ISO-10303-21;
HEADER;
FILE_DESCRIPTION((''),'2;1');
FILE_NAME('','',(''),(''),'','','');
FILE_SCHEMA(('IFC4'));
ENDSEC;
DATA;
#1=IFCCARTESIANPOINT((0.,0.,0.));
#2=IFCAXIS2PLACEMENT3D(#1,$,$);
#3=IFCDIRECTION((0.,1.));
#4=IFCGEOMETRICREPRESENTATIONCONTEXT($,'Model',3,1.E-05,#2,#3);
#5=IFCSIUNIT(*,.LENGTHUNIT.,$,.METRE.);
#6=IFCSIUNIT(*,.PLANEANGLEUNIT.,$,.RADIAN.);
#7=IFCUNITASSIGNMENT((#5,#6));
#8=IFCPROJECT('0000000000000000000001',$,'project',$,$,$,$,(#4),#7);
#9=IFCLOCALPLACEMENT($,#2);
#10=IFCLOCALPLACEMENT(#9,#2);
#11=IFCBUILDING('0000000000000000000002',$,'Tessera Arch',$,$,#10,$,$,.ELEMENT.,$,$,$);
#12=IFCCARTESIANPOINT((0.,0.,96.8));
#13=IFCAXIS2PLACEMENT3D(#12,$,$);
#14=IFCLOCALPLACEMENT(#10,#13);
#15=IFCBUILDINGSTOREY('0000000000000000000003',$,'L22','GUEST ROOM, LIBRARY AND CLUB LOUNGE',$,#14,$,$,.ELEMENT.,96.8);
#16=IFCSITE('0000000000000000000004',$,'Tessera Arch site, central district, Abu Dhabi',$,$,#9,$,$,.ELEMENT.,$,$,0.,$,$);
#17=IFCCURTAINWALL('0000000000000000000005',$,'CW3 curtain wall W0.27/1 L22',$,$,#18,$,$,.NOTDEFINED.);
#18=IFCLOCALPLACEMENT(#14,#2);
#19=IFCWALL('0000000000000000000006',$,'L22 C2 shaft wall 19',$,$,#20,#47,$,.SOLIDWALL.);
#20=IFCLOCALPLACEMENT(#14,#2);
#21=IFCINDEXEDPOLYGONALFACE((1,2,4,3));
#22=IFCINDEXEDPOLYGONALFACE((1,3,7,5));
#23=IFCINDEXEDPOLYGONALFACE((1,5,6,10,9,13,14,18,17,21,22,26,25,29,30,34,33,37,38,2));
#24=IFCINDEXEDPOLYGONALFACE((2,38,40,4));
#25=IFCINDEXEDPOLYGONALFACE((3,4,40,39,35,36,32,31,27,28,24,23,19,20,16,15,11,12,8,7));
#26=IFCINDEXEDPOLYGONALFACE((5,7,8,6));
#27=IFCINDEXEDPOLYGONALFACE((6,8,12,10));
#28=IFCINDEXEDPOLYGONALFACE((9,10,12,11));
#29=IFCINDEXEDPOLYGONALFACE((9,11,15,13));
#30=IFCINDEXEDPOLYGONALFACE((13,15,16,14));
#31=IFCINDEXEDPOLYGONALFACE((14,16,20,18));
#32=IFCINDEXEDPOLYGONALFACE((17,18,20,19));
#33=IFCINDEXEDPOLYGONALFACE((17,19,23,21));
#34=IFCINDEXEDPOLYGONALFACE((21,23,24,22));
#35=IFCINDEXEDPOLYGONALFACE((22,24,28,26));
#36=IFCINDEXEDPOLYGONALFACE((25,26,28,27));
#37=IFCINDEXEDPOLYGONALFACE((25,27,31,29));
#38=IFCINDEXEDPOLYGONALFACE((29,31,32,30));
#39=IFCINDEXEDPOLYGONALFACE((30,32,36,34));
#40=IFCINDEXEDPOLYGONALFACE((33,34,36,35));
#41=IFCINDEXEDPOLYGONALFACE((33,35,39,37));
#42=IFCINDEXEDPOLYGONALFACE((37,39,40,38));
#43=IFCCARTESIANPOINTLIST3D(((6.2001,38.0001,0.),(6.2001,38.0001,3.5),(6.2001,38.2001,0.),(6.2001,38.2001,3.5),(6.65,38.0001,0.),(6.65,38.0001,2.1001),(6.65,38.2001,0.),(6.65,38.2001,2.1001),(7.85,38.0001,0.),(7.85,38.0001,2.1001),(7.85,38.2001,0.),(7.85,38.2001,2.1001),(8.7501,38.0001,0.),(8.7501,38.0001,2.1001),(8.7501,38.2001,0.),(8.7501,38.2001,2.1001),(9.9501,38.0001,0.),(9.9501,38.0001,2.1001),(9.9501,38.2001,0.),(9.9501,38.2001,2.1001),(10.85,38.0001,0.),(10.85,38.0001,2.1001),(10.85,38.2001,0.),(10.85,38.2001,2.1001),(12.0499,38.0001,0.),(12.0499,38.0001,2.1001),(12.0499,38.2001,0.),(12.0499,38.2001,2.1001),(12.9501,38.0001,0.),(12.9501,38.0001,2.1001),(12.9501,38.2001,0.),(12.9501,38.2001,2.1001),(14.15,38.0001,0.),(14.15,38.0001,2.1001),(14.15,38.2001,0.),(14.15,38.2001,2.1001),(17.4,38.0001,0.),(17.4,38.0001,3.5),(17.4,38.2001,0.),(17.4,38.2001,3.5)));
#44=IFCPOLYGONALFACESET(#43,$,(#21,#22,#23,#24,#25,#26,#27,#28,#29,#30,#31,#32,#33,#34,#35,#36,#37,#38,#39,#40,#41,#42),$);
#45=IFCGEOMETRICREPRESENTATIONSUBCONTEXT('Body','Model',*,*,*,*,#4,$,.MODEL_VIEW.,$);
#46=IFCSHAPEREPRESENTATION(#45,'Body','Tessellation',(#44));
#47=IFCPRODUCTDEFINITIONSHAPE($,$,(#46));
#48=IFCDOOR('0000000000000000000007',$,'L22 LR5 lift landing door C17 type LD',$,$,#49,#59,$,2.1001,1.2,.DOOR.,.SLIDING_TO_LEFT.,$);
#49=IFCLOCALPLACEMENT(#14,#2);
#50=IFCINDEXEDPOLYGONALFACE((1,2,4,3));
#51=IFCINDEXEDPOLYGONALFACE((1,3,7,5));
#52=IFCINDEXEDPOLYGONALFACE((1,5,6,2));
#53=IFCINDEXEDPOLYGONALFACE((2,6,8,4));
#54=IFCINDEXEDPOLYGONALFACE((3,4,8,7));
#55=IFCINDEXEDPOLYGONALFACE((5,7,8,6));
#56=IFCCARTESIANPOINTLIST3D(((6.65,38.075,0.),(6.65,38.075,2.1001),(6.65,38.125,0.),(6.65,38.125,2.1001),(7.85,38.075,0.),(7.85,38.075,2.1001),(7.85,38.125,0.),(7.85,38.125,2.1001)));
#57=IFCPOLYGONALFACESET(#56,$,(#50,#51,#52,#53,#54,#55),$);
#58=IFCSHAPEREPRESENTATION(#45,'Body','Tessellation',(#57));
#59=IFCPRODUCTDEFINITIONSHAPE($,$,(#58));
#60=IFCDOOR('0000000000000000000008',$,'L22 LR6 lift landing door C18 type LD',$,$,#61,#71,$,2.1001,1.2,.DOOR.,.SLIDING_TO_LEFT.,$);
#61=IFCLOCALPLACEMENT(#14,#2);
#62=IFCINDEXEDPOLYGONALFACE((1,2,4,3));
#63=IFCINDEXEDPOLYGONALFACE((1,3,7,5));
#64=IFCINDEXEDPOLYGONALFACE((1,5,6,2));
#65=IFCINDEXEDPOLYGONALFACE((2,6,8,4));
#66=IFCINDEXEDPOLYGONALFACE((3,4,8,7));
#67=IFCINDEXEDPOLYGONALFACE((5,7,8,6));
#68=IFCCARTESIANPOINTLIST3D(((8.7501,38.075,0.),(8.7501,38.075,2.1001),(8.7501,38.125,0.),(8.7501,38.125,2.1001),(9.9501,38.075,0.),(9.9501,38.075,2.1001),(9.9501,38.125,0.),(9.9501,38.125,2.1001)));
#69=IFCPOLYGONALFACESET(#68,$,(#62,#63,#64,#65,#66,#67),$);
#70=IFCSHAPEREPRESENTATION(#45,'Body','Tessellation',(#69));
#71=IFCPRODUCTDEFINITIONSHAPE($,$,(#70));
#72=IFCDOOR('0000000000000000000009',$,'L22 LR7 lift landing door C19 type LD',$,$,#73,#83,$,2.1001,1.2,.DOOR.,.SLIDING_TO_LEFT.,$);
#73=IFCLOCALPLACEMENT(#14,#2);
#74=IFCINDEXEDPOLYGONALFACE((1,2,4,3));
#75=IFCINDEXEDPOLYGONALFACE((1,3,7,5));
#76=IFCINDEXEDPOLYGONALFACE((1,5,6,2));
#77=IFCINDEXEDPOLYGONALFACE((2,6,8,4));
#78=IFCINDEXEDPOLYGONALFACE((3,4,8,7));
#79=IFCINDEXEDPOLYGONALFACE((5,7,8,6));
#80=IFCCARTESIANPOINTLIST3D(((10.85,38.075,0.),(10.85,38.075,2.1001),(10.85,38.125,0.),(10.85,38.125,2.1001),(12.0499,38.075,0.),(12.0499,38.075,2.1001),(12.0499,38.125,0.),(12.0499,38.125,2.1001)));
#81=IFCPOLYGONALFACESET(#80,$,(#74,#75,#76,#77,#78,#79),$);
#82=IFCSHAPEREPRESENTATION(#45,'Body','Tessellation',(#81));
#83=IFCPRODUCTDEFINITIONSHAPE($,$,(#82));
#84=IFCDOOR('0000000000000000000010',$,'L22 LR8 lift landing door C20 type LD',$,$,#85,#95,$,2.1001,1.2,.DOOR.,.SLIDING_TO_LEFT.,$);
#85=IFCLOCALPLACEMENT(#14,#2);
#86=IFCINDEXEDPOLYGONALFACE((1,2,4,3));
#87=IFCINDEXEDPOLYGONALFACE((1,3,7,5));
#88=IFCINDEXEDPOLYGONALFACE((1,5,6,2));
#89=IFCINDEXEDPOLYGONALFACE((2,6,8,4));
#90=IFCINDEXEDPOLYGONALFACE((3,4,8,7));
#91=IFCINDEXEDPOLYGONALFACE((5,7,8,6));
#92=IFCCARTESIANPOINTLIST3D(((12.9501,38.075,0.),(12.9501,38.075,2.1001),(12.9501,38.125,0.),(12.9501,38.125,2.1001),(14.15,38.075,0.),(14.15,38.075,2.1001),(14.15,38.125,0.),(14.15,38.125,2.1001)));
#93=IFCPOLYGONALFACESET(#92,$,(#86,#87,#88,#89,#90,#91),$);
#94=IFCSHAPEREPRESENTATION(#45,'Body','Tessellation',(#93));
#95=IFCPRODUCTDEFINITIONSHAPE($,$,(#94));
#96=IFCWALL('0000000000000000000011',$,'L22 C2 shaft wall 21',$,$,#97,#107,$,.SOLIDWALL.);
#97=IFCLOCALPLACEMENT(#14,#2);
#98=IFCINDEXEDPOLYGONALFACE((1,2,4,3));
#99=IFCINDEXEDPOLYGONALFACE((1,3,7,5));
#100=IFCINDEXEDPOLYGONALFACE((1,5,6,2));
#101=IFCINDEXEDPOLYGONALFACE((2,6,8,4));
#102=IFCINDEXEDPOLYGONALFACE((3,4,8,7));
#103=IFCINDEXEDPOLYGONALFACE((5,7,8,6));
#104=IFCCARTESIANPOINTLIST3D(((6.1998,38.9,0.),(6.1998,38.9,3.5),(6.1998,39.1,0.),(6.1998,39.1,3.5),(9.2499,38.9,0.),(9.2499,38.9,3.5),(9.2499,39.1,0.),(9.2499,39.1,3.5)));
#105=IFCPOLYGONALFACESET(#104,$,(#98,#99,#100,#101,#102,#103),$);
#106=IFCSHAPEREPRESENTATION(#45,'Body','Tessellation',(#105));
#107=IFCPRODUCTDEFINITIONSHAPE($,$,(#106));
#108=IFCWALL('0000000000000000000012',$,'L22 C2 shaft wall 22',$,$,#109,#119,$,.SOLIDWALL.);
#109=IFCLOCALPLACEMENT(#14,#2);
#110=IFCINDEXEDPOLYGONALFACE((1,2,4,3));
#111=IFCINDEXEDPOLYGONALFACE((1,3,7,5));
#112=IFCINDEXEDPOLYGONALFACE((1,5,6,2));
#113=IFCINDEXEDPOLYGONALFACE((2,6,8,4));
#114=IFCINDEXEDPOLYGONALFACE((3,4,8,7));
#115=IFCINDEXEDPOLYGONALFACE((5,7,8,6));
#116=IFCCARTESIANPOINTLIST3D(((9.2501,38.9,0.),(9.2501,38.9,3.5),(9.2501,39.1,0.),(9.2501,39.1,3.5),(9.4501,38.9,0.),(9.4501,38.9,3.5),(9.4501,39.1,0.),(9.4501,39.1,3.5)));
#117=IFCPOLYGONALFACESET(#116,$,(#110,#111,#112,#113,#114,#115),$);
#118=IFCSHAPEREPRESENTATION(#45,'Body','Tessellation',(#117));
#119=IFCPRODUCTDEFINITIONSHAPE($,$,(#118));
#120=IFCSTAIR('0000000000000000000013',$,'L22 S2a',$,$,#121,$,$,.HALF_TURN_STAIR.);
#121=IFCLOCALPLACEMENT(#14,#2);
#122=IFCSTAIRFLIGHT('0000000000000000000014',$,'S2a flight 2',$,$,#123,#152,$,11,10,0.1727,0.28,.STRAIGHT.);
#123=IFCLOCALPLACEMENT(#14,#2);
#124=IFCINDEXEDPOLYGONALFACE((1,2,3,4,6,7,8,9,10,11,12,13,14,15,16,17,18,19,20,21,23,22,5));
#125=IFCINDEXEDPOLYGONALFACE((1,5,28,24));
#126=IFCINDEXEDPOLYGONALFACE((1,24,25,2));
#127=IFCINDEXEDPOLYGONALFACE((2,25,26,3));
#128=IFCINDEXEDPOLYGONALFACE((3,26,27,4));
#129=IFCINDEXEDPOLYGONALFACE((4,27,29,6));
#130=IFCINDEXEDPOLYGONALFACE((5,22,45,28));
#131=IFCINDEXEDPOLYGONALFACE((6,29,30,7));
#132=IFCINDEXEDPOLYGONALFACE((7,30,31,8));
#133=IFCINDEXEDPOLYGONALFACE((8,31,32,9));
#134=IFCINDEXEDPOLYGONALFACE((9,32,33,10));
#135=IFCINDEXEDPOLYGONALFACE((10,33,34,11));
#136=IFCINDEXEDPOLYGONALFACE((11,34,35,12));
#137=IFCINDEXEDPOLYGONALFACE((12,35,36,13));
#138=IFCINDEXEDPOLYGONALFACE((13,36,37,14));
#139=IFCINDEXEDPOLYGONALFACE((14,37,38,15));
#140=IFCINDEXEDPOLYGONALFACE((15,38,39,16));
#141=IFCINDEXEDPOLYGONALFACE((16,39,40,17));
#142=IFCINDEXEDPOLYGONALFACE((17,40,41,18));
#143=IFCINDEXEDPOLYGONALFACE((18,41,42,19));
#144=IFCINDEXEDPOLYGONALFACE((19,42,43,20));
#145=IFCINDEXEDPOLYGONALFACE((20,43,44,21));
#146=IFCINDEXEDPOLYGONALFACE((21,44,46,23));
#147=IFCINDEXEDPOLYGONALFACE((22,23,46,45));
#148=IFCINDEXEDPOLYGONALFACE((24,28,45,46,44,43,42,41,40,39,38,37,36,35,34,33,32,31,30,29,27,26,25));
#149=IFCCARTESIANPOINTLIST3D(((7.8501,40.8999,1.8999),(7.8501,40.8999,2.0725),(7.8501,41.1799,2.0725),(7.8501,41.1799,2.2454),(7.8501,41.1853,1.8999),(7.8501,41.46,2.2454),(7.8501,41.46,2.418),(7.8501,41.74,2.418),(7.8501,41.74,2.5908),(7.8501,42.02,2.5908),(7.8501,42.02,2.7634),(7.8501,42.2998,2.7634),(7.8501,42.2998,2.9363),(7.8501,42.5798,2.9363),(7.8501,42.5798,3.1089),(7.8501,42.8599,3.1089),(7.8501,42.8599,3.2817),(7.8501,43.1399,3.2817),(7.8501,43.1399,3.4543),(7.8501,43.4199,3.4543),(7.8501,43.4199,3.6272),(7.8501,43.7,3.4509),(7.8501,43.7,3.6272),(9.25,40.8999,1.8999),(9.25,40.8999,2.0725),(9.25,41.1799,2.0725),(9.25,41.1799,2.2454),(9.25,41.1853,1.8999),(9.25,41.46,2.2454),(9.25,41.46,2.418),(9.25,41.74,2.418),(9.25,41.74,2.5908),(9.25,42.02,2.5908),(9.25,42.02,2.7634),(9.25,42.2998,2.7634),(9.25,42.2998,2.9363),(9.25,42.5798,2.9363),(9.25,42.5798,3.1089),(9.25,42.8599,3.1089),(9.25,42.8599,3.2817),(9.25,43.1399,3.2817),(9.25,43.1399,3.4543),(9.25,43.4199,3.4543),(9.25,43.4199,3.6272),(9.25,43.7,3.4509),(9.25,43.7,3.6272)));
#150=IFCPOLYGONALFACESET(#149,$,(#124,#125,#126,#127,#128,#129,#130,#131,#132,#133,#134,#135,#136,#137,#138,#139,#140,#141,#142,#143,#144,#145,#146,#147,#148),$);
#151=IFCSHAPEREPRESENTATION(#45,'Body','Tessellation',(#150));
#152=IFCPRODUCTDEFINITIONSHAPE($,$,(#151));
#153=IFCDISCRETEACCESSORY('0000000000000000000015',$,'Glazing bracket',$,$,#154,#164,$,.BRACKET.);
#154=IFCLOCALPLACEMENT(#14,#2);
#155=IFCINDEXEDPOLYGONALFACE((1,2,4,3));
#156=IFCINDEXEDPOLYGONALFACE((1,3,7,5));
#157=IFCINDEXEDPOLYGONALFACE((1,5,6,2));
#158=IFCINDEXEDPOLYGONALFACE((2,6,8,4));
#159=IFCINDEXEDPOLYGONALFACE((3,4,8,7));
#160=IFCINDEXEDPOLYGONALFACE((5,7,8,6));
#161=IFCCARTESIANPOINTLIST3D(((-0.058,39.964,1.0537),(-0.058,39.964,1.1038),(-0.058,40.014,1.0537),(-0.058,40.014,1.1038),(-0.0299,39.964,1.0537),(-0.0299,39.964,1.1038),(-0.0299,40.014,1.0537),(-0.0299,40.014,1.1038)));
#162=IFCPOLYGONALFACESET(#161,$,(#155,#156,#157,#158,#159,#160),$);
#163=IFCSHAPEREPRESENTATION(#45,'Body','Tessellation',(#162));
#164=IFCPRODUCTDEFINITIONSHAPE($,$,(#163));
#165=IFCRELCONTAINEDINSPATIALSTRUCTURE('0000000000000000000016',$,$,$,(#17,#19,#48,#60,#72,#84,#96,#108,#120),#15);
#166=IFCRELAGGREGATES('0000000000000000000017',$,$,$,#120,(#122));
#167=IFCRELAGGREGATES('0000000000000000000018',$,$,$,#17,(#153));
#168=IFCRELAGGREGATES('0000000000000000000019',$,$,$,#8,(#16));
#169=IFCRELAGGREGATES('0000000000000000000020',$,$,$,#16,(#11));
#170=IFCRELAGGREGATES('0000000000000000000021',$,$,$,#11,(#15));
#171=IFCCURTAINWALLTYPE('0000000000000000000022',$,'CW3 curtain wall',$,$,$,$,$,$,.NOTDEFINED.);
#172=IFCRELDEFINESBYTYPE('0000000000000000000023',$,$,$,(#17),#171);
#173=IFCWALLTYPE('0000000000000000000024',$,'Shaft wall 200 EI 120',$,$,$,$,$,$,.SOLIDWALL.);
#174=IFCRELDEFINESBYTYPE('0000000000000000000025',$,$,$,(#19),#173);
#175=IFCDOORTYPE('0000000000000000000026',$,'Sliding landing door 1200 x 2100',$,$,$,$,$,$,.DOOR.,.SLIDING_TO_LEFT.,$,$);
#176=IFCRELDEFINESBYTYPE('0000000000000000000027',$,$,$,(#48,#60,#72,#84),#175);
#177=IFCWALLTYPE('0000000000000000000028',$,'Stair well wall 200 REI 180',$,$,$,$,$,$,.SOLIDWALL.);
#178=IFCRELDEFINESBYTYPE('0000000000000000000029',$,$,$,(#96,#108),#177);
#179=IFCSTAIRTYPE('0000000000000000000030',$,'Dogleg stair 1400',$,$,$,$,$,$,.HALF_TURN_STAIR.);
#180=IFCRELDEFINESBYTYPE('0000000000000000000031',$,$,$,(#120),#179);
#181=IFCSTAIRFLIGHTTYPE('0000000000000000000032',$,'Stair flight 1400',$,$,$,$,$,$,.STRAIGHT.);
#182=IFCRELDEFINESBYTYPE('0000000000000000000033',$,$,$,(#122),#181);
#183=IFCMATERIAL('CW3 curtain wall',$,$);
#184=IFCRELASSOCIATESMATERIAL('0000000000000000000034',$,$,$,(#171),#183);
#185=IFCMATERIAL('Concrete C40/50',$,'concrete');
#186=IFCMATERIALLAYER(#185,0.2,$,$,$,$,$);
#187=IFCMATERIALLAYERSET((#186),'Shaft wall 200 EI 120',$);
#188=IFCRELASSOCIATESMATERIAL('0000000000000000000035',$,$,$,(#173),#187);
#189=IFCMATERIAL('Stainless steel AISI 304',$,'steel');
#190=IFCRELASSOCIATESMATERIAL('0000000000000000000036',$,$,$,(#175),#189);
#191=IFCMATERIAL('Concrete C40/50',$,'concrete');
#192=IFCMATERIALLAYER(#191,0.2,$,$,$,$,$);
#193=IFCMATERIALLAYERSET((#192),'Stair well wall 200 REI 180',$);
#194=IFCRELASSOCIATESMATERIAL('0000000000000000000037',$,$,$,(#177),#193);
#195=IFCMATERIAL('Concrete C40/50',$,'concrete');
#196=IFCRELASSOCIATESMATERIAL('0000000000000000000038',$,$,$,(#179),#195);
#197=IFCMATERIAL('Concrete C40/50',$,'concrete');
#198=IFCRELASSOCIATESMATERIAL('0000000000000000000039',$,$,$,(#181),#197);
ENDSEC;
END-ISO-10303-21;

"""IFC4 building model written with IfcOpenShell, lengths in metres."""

from ifc_helpers import new_model, si_unit, direction, frame, frame_2d, origin, origin_2d, place, context, subcontext, project, spatial, polyline, rectangle, outline, extrude, material, layer, layer_set, type_object, element, fill, aggregate, save


model = new_model("IFC4")

# Units and contexts
model_context = context("Model", 3, precision=1e-05, world=origin(), true_north=direction((0.0, 1.0)))
body_context = subcontext(model_context, "Body", "Model", "MODEL_VIEW")
ifc_project = project(units=[si_unit("LENGTHUNIT", "METRE"), si_unit("PLANEANGLEUNIT", "RADIAN")], contexts=[model_context])

# Site, building, storey
site_placement = place(None, origin())
site = spatial("IfcSite", under=ifc_project, at=site_placement, Name="Tessera Arch site, central district, Abu Dhabi", CompositionType="ELEMENT", RefElevation=0.0)
building_placement = place(site_placement, origin())
building = spatial("IfcBuilding", under=site, at=building_placement, Name="Tessera Arch", CompositionType="ELEMENT")
storey_placement = place(building_placement, frame((0.0, 0.0, 96.8)))
storey = spatial("IfcBuildingStorey", under=building, at=storey_placement, Name="L22", Description="GUEST ROOM, LIBRARY AND CLUB LOUNGE", CompositionType="ELEMENT", Elevation=96.8)

# Curtain wall
ifc_material_1 = material(Name="CW3 curtain wall")
curtain_wall_type = type_object("IfcCurtainWallType", Name="CW3 curtain wall", PredefinedType="NOTDEFINED", material=ifc_material_1)
curtain_wall_placement = place(storey_placement, origin())
curtain_wall = element("IfcCurtainWall", 1, at=curtain_wall_placement, inside=storey, type_object=curtain_wall_type, Name="CW3 curtain wall W0.27/1 L22", PredefinedType="NOTDEFINED")

# Wall, openings, doors
ifc_material_2 = material(Name="Concrete C40/50", Category="concrete")
ifc_layer_1 = layer(ifc_material_2, 0.2)
ifc_layer_set_1 = layer_set([ifc_layer_1], Name="Shaft wall 200 EI 120")
wall_type_1 = type_object("IfcWallType", Name="Shaft wall 200 EI 120", PredefinedType="SOLIDWALL", material=ifc_layer_set_1)
wall_1_placement = place(storey_placement, frame((6.2, 38.1001, 0.0), z_axis=(0.0, 0.0, 1.0), x_axis=(1.0, 0.0, 0.0)))
wall_1 = element("IfcWall", 2, at=wall_1_placement, inside=storey, type_object=wall_type_1, Name="L22 C2 shaft wall 19", PredefinedType="SOLIDWALL", context=body_context, shape_type="SweptSolid", body=[
    extrude(rectangle(XDim=11.2, YDim=0.2, at=frame_2d((5.6001, 0.0))), origin(), (0.0, 0.0, 1.0), 3.5),
])
opening_1_placement = place(wall_1_placement, frame((0.45, 0.0, 0.0)))
opening_1 = element("IfcOpeningElement", 3, at=opening_1_placement, cuts=wall_1, PredefinedType="OPENING", context=body_context, shape_type="SweptSolid", body=[
    extrude(rectangle(XDim=1.2, YDim=2.1001, at=frame_2d((0.6001, 1.05))), frame((0.0, 0.1099, 0.0), z_axis=(0.0, -1.0, 0.0), x_axis=(1.0, 0.0, 0.0)), (0.0, 0.0, 1.0), 0.22),
])
opening_2_placement = place(wall_1_placement, frame((2.55, 0.0, 0.0)))
opening_2 = element("IfcOpeningElement", 4, at=opening_2_placement, cuts=wall_1, PredefinedType="OPENING", context=body_context, shape_type="SweptSolid", body=[
    extrude(rectangle(XDim=1.2, YDim=2.1001, at=frame_2d((0.6001, 1.05))), frame((0.0, 0.1099, 0.0), z_axis=(0.0, -1.0, 0.0), x_axis=(1.0, 0.0, 0.0)), (0.0, 0.0, 1.0), 0.22),
])
opening_3_placement = place(wall_1_placement, frame((4.6499, 0.0, 0.0)))
opening_3 = element("IfcOpeningElement", 5, at=opening_3_placement, cuts=wall_1, PredefinedType="OPENING", context=body_context, shape_type="SweptSolid", body=[
    extrude(rectangle(XDim=1.2, YDim=2.1001, at=frame_2d((0.6001, 1.05))), frame((0.0, 0.1099, 0.0), z_axis=(0.0, -1.0, 0.0), x_axis=(1.0, 0.0, 0.0)), (0.0, 0.0, 1.0), 0.22),
])
opening_4_placement = place(wall_1_placement, frame((6.75, 0.0, 0.0)))
opening_4 = element("IfcOpeningElement", 6, at=opening_4_placement, cuts=wall_1, PredefinedType="OPENING", context=body_context, shape_type="SweptSolid", body=[
    extrude(rectangle(XDim=1.2, YDim=2.1001, at=frame_2d((0.6001, 1.05))), frame((0.0, 0.1099, 0.0), z_axis=(0.0, -1.0, 0.0), x_axis=(1.0, 0.0, 0.0)), (0.0, 0.0, 1.0), 0.22),
])
ifc_material_3 = material(Name="Stainless steel AISI 304", Category="steel")
door_type = type_object("IfcDoorType", Name="Sliding landing door 1200 x 2100", OperationType="SLIDING_TO_LEFT", PredefinedType="DOOR", material=ifc_material_3)
door_1_placement = place(opening_1_placement, origin())
door_1 = element("IfcDoor", 7, at=door_1_placement, inside=storey, type_object=door_type, Name="L22 LR5 lift landing door C17 type LD", OperationType="SLIDING_TO_LEFT", OverallHeight=2.1001, OverallWidth=1.2, PredefinedType="DOOR", context=body_context, shape_type="SweptSolid", body=[
    extrude(rectangle(XDim=1.2, YDim=2.1001, at=frame_2d((0.6001, 1.05))), frame((0.0, 0.0249, 0.0), z_axis=(0.0, -1.0, 0.0), x_axis=(1.0, 0.0, 0.0)), (0.0, 0.0, 1.0), 0.05),
])
fill(opening_1, door_1)
door_2_placement = place(opening_2_placement, origin())
door_2 = element("IfcDoor", 8, at=door_2_placement, inside=storey, type_object=door_type, Name="L22 LR6 lift landing door C18 type LD", OperationType="SLIDING_TO_LEFT", OverallHeight=2.1001, OverallWidth=1.2, PredefinedType="DOOR", context=body_context, shape_type="SweptSolid", body=[
    extrude(rectangle(XDim=1.2, YDim=2.1001, at=frame_2d((0.6001, 1.05))), frame((0.0, 0.0249, 0.0), z_axis=(0.0, -1.0, 0.0), x_axis=(1.0, 0.0, 0.0)), (0.0, 0.0, 1.0), 0.05),
])
fill(opening_2, door_2)
door_3_placement = place(opening_3_placement, origin())
door_3 = element("IfcDoor", 9, at=door_3_placement, inside=storey, type_object=door_type, Name="L22 LR7 lift landing door C19 type LD", OperationType="SLIDING_TO_LEFT", OverallHeight=2.1001, OverallWidth=1.2, PredefinedType="DOOR", context=body_context, shape_type="SweptSolid", body=[
    extrude(rectangle(XDim=1.2, YDim=2.1001, at=frame_2d((0.6001, 1.05))), frame((0.0, 0.0249, 0.0), z_axis=(0.0, -1.0, 0.0), x_axis=(1.0, 0.0, 0.0)), (0.0, 0.0, 1.0), 0.05),
])
fill(opening_3, door_3)
door_4_placement = place(opening_4_placement, origin())
door_4 = element("IfcDoor", 10, at=door_4_placement, inside=storey, type_object=door_type, Name="L22 LR8 lift landing door C20 type LD", OperationType="SLIDING_TO_LEFT", OverallHeight=2.1001, OverallWidth=1.2, PredefinedType="DOOR", context=body_context, shape_type="SweptSolid", body=[
    extrude(rectangle(XDim=1.2, YDim=2.1001, at=frame_2d((0.6001, 1.05))), frame((0.0, 0.0249, 0.0), z_axis=(0.0, -1.0, 0.0), x_axis=(1.0, 0.0, 0.0)), (0.0, 0.0, 1.0), 0.05),
])
fill(opening_4, door_4)

# Walls
ifc_material_4 = material(Name="Concrete C40/50", Category="concrete")
ifc_layer_2 = layer(ifc_material_4, 0.2)
ifc_layer_set_2 = layer_set([ifc_layer_2], Name="Stair well wall 200 REI 180")
wall_type_2 = type_object("IfcWallType", Name="Stair well wall 200 REI 180", PredefinedType="SOLIDWALL", material=ifc_layer_set_2)
wall_2_placement = place(storey_placement, frame((6.2, 39.0, 0.0), z_axis=(0.0, 0.0, 1.0), x_axis=(1.0, 0.0, 0.0)))
element("IfcWall", 11, at=wall_2_placement, inside=storey, type_object=wall_type_2, Name="L22 C2 shaft wall 21", PredefinedType="SOLIDWALL", context=body_context, shape_type="SweptSolid", body=[
    extrude(rectangle(XDim=3.05, YDim=0.2, at=frame_2d((1.5249, 0.0))), origin(), (0.0, 0.0, 1.0), 3.5),
])
wall_3_placement = place(storey_placement, frame((9.25, 39.0, 0.0), z_axis=(0.0, 0.0, 1.0), x_axis=(1.0, 0.0, 0.0)))
element("IfcWall", 12, at=wall_3_placement, inside=storey, type_object=wall_type_2, Name="L22 C2 shaft wall 22", PredefinedType="SOLIDWALL", context=body_context, shape_type="SweptSolid", body=[
    extrude(rectangle(XDim=0.2, YDim=0.2, at=frame_2d((0.1001, 0.0))), origin(), (0.0, 0.0, 1.0), 3.5),
])

# Stair, stair flight
ifc_material_5 = material(Name="Concrete C40/50", Category="concrete")
stair_type = type_object("IfcStairType", Name="Dogleg stair 1400", PredefinedType="HALF_TURN_STAIR", material=ifc_material_5)
stair_placement = place(storey_placement, origin())
stair = element("IfcStair", 13, at=stair_placement, inside=storey, type_object=stair_type, Name="L22 S2a", PredefinedType="HALF_TURN_STAIR")
ifc_material_6 = material(Name="Concrete C40/50", Category="concrete")
stair_flight_type = type_object("IfcStairFlightType", Name="Stair flight 1400", PredefinedType="STRAIGHT", material=ifc_material_6)
stair_flight_placement = place(storey_placement, frame((8.55, 40.8999, 1.8999), z_axis=(0.0, 0.0, 1.0), x_axis=(0.0, 1.0, 0.0)))
stair_flight = element("IfcStairFlight", 14, at=stair_flight_placement, type_object=stair_flight_type, Name="S2a flight 2", NumberOfRisers=11, NumberOfTreads=10, PredefinedType="STRAIGHT", RiserHeight=0.1727, TreadLength=0.28, context=body_context, shape_type="SweptSolid", body=[
    extrude(outline(polyline([(0.0, 0.0), (0.0, 0.1726), (0.28, 0.1726), (0.28, 0.3455), (0.5601, 0.3455), (0.5601, 0.5181), (0.8401, 0.5181), (0.8401, 0.6909), (1.1201, 0.6909), (1.1201, 0.8635), (1.3999, 0.8635), (1.3999, 1.0364), (1.6799, 1.0364), (1.6799, 1.209), (1.96, 1.209), (1.96, 1.3818), (2.24, 1.3818), (2.24, 1.5544), (2.52, 1.5544), (2.52, 1.7273), (2.8, 1.7273), (2.8, 1.8999), (2.8, 1.551), (0.2854, 0.0), (0.0, 0.0)])), frame((0.0, 0.7, 0.0), z_axis=(0.0, -1.0, 0.0), x_axis=(1.0, 0.0, 0.0)), (0.0, 0.0, 1.0), 1.3999),
])
aggregate(stair, [stair_flight])

# Discrete accessory
discrete_accessory_placement = place(storey_placement, frame((-0.0439, 39.989, 1.0537), z_axis=(0.0, 0.0, 1.0), x_axis=(0.0, -1.0, 0.0)))
discrete_accessory = element("IfcDiscreteAccessory", 15, at=discrete_accessory_placement, Name="Glazing bracket", PredefinedType="BRACKET", context=body_context, shape_type="SweptSolid", body=[
    extrude(rectangle(XDim=0.05, YDim=0.0281, at=origin_2d()), origin(), (0.0, 0.0, 1.0), 0.05),
])
aggregate(curtain_wall, [discrete_accessory])

save(model, "model.ifc")
